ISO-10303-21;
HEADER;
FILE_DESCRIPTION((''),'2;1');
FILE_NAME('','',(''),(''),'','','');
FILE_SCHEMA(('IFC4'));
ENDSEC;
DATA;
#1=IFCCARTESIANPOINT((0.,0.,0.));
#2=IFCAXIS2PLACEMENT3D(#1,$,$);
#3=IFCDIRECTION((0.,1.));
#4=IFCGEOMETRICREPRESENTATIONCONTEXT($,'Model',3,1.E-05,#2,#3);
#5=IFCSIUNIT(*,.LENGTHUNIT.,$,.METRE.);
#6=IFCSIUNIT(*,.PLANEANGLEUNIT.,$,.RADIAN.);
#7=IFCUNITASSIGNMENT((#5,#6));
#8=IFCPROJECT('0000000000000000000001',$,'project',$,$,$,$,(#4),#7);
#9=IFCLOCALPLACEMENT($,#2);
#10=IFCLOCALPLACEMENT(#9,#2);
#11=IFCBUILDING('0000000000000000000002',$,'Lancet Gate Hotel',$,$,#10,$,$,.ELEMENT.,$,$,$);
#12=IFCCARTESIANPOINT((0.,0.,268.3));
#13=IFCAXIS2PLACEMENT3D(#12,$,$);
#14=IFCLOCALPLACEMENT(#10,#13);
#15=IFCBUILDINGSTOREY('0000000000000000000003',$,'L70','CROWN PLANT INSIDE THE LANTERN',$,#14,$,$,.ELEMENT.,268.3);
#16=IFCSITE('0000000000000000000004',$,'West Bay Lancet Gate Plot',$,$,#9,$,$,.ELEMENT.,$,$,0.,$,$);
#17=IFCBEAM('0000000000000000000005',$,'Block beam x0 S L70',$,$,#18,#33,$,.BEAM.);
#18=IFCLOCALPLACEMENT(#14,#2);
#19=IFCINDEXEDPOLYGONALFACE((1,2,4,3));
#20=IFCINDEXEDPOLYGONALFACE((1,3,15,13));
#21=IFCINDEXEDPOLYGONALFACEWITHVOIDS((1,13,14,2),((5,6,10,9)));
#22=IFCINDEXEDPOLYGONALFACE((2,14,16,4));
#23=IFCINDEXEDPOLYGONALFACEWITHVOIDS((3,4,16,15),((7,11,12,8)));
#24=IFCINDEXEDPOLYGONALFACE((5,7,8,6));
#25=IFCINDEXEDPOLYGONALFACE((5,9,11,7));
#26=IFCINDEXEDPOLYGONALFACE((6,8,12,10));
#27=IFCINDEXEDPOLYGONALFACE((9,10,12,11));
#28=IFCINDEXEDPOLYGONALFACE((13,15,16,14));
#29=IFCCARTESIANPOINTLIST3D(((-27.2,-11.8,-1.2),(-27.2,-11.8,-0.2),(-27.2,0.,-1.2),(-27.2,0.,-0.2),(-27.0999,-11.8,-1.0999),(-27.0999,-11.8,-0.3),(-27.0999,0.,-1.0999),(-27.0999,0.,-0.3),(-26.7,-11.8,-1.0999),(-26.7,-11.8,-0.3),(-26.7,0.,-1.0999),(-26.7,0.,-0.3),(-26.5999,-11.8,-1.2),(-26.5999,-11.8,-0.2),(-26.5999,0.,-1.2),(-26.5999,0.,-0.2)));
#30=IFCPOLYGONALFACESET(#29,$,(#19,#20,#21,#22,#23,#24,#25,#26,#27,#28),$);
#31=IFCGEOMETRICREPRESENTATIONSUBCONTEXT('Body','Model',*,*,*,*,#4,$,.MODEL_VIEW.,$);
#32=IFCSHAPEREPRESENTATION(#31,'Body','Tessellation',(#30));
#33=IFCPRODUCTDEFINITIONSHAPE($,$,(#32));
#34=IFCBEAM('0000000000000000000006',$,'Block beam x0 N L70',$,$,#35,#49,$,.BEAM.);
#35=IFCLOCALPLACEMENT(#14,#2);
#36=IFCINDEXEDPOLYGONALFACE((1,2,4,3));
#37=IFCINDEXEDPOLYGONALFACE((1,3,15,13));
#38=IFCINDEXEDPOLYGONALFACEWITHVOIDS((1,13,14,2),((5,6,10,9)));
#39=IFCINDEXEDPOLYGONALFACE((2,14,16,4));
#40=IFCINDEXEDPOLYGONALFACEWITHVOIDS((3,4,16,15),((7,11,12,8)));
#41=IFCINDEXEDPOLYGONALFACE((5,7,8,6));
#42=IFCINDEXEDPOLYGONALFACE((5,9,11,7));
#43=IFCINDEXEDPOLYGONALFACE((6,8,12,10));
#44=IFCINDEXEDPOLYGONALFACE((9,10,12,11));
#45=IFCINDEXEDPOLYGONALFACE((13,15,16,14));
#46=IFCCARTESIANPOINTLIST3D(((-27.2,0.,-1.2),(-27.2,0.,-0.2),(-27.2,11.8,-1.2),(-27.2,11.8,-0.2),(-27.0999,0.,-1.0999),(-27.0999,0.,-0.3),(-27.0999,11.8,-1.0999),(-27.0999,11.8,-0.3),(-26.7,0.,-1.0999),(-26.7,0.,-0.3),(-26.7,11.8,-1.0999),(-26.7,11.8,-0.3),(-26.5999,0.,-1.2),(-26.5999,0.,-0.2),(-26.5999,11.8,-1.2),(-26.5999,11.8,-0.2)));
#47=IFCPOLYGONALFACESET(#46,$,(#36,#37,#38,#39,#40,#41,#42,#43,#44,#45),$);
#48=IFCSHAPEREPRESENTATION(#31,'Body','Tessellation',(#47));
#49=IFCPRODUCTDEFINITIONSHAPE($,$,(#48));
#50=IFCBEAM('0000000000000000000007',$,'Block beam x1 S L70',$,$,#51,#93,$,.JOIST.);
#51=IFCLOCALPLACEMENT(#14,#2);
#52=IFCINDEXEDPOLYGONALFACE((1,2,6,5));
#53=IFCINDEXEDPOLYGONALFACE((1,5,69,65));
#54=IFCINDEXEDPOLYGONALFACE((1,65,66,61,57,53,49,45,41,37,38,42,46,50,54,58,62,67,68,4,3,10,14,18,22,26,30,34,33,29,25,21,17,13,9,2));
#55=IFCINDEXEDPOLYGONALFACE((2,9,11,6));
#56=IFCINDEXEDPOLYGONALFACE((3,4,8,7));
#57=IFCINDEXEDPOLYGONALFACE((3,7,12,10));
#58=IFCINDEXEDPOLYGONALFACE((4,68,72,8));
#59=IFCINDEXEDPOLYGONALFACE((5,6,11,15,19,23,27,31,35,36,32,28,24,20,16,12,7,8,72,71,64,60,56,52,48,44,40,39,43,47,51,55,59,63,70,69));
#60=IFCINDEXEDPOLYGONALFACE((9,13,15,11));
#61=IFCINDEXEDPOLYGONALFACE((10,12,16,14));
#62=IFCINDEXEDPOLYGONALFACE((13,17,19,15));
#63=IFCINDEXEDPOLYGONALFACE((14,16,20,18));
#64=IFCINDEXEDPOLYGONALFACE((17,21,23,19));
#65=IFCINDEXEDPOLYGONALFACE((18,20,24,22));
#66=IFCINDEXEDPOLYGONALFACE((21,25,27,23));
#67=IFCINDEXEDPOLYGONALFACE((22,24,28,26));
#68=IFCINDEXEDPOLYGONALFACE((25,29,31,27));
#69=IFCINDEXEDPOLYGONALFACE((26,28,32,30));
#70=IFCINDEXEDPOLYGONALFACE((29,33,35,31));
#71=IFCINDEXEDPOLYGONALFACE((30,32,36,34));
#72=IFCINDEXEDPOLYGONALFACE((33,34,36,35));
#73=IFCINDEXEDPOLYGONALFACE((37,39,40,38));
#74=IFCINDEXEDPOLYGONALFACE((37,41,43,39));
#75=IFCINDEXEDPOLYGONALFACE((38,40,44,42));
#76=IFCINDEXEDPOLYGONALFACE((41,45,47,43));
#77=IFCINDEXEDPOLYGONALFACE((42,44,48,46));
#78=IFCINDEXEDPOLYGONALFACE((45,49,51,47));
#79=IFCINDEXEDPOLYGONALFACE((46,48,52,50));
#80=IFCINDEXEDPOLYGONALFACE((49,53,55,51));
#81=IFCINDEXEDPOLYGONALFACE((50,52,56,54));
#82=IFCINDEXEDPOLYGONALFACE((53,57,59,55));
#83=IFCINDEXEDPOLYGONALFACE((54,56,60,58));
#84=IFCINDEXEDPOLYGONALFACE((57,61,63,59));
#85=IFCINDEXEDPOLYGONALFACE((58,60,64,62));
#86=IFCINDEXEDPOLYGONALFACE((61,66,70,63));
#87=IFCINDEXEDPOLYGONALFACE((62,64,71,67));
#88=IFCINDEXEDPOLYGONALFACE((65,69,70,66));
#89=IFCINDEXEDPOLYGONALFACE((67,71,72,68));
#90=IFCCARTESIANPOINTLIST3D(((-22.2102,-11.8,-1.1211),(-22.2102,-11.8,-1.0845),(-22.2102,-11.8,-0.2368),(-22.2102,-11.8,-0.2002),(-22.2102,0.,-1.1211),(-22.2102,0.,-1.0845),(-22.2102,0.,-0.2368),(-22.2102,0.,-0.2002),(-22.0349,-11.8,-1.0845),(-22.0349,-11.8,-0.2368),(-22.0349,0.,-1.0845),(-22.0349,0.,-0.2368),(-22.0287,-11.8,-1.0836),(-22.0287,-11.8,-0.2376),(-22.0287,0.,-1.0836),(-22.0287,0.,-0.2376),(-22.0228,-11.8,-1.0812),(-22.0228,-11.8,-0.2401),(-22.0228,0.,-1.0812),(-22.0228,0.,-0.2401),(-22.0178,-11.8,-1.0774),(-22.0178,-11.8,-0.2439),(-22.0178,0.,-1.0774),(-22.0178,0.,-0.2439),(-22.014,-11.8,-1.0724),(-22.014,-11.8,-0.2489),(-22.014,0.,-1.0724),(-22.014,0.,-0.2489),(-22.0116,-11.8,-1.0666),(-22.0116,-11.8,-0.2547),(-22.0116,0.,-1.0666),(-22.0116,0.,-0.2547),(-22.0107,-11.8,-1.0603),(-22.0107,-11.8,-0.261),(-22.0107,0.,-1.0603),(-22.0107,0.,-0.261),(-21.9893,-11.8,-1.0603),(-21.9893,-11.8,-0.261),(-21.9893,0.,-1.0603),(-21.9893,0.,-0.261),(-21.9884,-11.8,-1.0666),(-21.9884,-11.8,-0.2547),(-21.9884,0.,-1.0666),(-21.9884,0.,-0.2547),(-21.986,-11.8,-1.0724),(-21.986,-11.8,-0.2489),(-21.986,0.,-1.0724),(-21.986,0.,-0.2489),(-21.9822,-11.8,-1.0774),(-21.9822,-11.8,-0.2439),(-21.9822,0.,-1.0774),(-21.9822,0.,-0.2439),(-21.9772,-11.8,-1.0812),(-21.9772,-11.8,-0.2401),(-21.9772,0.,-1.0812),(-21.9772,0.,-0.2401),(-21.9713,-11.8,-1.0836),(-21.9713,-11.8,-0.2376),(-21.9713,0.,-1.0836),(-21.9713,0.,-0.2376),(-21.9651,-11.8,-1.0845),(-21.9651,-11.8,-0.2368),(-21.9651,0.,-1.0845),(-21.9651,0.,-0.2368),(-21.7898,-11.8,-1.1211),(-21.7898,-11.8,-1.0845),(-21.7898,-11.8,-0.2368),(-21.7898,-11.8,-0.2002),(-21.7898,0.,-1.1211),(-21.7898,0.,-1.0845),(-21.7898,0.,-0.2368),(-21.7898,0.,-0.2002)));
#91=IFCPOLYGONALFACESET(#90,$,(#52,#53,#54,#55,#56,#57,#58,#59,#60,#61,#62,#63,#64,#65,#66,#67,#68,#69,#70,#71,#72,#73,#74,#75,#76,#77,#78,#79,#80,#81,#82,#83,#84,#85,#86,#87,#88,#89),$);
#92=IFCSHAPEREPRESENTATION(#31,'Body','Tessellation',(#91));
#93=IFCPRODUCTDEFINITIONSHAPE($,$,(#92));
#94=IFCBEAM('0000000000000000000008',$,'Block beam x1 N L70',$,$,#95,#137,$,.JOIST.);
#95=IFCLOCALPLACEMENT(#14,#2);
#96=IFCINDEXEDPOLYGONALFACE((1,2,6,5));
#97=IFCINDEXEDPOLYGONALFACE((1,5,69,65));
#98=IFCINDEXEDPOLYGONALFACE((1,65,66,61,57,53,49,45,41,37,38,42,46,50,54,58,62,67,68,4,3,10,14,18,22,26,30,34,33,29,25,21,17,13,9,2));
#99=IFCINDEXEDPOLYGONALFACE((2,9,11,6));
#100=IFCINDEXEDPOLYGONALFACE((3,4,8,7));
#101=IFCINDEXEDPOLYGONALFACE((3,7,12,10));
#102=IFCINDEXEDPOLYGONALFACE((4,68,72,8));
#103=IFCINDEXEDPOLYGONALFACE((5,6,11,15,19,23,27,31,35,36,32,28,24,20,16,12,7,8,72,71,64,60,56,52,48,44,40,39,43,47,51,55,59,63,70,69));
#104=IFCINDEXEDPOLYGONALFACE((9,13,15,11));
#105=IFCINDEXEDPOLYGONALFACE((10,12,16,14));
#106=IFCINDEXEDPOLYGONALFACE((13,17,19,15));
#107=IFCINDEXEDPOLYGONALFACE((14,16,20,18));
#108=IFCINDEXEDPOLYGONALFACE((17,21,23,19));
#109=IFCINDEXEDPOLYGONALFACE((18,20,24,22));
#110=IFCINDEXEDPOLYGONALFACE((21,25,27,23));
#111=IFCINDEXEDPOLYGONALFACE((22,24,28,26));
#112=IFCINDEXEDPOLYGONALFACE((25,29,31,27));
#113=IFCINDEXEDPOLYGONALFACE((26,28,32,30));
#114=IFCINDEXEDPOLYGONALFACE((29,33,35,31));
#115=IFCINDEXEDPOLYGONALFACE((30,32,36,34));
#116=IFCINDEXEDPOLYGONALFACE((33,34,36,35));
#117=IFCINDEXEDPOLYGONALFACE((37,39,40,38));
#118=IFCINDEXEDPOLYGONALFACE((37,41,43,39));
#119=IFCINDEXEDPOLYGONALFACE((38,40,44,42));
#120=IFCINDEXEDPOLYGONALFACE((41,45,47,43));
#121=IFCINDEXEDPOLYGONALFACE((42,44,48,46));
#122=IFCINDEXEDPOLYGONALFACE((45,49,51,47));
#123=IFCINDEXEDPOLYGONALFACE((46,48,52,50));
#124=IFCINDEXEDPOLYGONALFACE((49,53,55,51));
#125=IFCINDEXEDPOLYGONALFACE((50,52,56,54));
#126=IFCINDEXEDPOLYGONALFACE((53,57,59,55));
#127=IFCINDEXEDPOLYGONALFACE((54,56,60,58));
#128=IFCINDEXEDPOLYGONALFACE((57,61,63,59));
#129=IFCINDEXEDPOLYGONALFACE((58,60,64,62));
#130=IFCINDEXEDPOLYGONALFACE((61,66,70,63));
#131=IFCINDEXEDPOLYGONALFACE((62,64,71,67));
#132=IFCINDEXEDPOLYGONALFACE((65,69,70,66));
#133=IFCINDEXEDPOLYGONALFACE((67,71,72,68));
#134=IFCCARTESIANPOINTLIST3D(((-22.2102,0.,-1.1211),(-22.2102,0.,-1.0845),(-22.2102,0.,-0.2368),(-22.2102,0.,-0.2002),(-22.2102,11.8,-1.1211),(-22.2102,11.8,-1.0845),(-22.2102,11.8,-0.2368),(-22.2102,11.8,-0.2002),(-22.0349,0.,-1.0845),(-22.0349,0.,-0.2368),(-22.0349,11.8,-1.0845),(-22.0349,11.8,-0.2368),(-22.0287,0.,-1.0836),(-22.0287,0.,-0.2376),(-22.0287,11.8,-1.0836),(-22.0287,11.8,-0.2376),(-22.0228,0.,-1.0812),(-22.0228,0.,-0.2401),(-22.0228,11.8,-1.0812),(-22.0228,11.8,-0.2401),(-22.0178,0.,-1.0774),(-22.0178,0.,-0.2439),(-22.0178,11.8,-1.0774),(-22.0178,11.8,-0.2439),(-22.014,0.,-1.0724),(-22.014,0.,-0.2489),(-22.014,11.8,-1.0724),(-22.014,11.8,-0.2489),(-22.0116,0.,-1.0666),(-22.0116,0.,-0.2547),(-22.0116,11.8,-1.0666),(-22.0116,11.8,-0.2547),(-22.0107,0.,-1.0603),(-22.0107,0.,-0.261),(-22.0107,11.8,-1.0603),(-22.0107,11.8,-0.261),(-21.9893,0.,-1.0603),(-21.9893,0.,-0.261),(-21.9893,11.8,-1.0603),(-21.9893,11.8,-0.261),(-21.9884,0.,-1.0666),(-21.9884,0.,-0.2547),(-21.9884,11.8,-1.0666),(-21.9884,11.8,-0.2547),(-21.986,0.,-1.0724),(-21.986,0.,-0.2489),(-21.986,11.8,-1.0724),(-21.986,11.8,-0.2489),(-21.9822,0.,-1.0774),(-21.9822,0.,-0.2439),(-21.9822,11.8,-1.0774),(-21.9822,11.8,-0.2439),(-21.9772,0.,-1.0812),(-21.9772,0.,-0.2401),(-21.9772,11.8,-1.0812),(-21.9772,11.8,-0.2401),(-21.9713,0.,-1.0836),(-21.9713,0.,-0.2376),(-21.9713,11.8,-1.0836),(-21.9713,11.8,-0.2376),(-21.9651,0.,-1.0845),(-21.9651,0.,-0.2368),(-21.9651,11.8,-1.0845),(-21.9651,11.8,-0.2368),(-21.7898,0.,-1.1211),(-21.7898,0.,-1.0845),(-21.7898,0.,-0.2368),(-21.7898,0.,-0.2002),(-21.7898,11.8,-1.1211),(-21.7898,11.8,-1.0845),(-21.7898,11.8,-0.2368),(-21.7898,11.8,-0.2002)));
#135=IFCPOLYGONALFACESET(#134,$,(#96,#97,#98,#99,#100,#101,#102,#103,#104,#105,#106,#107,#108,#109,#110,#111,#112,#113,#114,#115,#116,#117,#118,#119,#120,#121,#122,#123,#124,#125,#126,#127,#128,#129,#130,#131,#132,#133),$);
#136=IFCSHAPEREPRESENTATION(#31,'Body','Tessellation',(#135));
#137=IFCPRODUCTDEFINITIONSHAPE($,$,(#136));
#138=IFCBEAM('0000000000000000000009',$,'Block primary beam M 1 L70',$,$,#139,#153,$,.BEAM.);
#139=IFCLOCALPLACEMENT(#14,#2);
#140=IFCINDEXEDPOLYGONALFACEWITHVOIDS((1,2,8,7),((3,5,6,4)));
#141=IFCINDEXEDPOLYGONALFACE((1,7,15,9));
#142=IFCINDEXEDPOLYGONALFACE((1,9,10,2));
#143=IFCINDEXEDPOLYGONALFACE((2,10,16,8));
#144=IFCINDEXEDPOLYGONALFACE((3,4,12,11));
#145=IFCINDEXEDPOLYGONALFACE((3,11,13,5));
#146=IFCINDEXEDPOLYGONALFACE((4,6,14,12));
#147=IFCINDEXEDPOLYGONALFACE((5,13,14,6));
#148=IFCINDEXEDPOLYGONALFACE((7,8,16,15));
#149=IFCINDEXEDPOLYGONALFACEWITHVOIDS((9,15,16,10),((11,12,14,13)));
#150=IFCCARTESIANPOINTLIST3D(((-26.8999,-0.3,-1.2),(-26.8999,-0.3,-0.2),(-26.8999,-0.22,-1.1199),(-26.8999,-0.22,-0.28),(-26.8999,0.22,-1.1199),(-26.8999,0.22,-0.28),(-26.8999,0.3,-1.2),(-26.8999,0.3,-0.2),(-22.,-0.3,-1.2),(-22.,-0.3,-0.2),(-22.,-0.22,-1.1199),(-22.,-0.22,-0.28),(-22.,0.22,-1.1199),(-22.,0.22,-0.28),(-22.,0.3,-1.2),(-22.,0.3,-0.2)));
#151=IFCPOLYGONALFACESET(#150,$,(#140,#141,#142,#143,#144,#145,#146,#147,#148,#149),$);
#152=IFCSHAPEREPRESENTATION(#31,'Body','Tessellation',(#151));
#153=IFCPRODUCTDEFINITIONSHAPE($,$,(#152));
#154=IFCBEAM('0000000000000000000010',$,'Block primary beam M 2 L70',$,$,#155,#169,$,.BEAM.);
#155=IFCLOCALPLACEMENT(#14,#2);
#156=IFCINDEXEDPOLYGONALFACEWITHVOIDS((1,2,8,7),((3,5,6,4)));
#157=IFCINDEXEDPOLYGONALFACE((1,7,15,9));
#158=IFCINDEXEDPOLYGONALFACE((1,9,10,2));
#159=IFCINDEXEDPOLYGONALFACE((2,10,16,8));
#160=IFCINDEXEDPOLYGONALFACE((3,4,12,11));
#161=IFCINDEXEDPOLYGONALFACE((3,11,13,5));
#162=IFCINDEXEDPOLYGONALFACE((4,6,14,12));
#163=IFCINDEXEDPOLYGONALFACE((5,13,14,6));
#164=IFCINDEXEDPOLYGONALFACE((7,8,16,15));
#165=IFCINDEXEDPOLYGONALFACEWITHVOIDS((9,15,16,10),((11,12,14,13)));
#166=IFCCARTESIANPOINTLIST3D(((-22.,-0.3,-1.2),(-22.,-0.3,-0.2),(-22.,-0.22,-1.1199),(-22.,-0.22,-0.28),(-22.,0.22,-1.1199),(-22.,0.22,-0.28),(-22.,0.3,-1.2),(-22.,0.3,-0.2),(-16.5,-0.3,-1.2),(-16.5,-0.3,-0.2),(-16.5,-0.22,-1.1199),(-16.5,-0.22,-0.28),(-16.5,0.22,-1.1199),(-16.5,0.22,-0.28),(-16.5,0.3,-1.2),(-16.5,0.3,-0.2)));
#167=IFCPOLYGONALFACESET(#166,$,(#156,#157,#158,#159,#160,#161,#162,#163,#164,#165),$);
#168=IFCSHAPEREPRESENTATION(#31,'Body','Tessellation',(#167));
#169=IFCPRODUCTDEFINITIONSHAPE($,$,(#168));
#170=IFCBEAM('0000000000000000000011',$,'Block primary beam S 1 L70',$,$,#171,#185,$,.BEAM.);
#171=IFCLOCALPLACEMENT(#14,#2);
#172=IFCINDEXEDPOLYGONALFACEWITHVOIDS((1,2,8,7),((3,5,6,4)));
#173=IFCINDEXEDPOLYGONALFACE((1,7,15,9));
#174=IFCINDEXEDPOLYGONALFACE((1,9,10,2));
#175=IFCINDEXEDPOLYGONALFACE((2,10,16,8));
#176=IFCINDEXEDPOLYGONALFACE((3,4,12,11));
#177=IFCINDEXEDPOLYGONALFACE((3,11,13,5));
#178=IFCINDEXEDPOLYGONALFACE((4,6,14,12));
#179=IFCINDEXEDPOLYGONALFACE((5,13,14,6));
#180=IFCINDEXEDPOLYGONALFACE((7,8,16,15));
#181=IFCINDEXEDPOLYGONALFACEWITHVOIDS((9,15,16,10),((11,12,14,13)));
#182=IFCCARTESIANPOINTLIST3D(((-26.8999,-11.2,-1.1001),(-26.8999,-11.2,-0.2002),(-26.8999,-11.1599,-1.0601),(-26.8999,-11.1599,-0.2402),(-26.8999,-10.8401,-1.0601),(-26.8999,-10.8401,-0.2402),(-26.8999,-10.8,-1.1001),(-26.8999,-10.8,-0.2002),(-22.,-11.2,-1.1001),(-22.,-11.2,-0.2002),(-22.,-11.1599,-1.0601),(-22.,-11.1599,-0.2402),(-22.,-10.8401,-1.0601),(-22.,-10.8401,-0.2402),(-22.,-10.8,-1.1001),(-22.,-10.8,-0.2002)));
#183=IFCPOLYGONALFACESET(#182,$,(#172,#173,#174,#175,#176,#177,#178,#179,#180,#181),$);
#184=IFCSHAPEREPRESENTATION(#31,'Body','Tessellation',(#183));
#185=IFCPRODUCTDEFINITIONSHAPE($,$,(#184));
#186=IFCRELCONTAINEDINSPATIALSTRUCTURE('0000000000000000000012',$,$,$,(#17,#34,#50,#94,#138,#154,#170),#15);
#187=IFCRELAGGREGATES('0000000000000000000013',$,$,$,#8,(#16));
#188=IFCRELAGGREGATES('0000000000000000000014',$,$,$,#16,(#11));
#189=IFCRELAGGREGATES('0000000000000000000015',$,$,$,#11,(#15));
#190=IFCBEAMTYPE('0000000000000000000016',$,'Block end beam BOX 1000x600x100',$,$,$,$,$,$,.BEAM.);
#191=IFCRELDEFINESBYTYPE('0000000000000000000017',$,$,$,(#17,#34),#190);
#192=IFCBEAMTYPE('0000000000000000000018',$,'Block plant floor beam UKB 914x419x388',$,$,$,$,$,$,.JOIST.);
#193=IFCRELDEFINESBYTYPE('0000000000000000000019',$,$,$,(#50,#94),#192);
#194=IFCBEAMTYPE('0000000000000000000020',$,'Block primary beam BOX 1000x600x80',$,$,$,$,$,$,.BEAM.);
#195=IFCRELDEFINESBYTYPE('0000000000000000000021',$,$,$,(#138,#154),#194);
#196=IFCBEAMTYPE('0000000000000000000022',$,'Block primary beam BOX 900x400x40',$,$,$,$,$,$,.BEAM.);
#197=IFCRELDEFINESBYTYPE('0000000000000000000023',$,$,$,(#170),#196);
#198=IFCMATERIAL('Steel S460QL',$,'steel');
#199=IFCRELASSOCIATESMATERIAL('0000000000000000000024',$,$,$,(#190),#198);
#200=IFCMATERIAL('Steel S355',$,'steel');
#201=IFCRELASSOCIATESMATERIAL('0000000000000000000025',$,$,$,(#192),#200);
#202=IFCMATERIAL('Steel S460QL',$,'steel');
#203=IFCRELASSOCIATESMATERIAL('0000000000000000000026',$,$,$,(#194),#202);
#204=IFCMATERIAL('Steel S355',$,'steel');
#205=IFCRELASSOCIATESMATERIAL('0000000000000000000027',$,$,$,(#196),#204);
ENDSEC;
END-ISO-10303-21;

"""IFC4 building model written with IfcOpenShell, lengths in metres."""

from ifc_helpers import new_model, si_unit, direction, frame, origin, origin_2d, place, context, subcontext, project, spatial, hollow_rectangle, i_section, extrude, material, material_profile, profile_set, type_object, element, save


model = new_model("IFC4")

# Units and contexts
model_context = context("Model", 3, precision=1e-05, world=origin(), true_north=direction((0.0, 1.0)))
body_context = subcontext(model_context, "Body", "Model", "MODEL_VIEW")
ifc_project = project(units=[si_unit("LENGTHUNIT", "METRE"), si_unit("PLANEANGLEUNIT", "RADIAN")], contexts=[model_context])

# Site, building, storey
site_placement = place(None, origin())
site = spatial("IfcSite", under=ifc_project, at=site_placement, Name="West Bay Lancet Gate Plot", CompositionType="ELEMENT", RefElevation=0.0)
building_placement = place(site_placement, origin())
building = spatial("IfcBuilding", under=site, at=building_placement, Name="Lancet Gate Hotel", CompositionType="ELEMENT")
storey_placement = place(building_placement, frame((0.0, 0.0, 268.3)))
storey = spatial("IfcBuildingStorey", under=building, at=storey_placement, Name="L70", Description="CROWN PLANT INSIDE THE LANTERN", CompositionType="ELEMENT", Elevation=268.3)

# Beams
ifc_material_1 = material(Name="Steel S460QL", Category="steel")
ifc_material_profile_1 = material_profile(ifc_material_1, hollow_rectangle(XDim=0.6001, YDim=1.0, WallThickness=0.1001, at=origin_2d()), Name="BOX 1000x600x100")
ifc_profile_set_1 = profile_set([ifc_material_profile_1], Name="Steel S460QL")
beam_type_1 = type_object("IfcBeamType", Name="Block end beam BOX 1000x600x100", PredefinedType="BEAM", material=ifc_profile_set_1)
for number, where, z_axis, x_axis, name in (
    (1, (-26.8999, -11.8, -0.7), (0.0, 1.0, 0.0), (-1.0, 0.0, 0.0), "Block beam x0 S L70"),
    (2, (-26.8999, 0.0, -0.7), (0.0, 1.0, 0.0), (-1.0, 0.0, 0.0), "Block beam x0 N L70"),
):
    element("IfcBeam", number, at=place(storey_placement, frame(where, z_axis=z_axis, x_axis=x_axis)), inside=storey, type_object=beam_type_1, Name=name, PredefinedType="BEAM", context=body_context, shape_type="SweptSolid", body=[
        extrude(hollow_rectangle(XDim=0.6001, YDim=1.0, WallThickness=0.1001, at=origin_2d()), origin(), (0.0, 0.0, 1.0), 11.8),
    ])
ifc_material_2 = material(Name="Steel S355", Category="steel")
ifc_material_profile_2 = material_profile(ifc_material_2, i_section(OverallWidth=0.4204, OverallDepth=0.9209, WebThickness=0.0215, FlangeThickness=0.0366, FilletRadius=0.0242, at=origin_2d()), Name="UKB 914x419x388")
ifc_profile_set_2 = profile_set([ifc_material_profile_2], Name="Steel S355")
beam_type_2 = type_object("IfcBeamType", Name="Block plant floor beam UKB 914x419x388", PredefinedType="JOIST", material=ifc_profile_set_2)
for number, where, z_axis, x_axis, name in (
    (3, (-22.0, -11.8, -0.6606), (0.0, 1.0, 0.0), (-1.0, 0.0, 0.0), "Block beam x1 S L70"),
    (4, (-22.0, 0.0, -0.6606), (0.0, 1.0, 0.0), (-1.0, 0.0, 0.0), "Block beam x1 N L70"),
):
    element("IfcBeam", number, at=place(storey_placement, frame(where, z_axis=z_axis, x_axis=x_axis)), inside=storey, type_object=beam_type_2, Name=name, PredefinedType="JOIST", context=body_context, shape_type="SweptSolid", body=[
        extrude(i_section(OverallWidth=0.4204, OverallDepth=0.9209, WebThickness=0.0215, FlangeThickness=0.0366, FilletRadius=0.0242, at=origin_2d()), origin(), (0.0, 0.0, 1.0), 11.8),
    ])
ifc_material_3 = material(Name="Steel S460QL", Category="steel")
ifc_material_profile_3 = material_profile(ifc_material_3, hollow_rectangle(XDim=0.6001, YDim=1.0, WallThickness=0.0801, at=origin_2d()), Name="BOX 1000x600x80")
ifc_profile_set_3 = profile_set([ifc_material_profile_3], Name="Steel S460QL")
beam_type_3 = type_object("IfcBeamType", Name="Block primary beam BOX 1000x600x80", PredefinedType="BEAM", material=ifc_profile_set_3)
beam_1_placement = place(storey_placement, frame((-26.8999, 0.0, -0.7), z_axis=(1.0, 0.0, 0.0), x_axis=(0.0, 1.0, 0.0)))
element("IfcBeam", 5, at=beam_1_placement, inside=storey, type_object=beam_type_3, Name="Block primary beam M 1 L70", PredefinedType="BEAM", context=body_context, shape_type="SweptSolid", body=[
    extrude(hollow_rectangle(XDim=0.6001, YDim=1.0, WallThickness=0.0801, at=origin_2d()), origin(), (0.0, 0.0, 1.0), 4.8999),
])
beam_2_placement = place(storey_placement, frame((-22.0, 0.0, -0.7), z_axis=(1.0, 0.0, 0.0), x_axis=(0.0, 1.0, 0.0)))
element("IfcBeam", 6, at=beam_2_placement, inside=storey, type_object=beam_type_3, Name="Block primary beam M 2 L70", PredefinedType="BEAM", context=body_context, shape_type="SweptSolid", body=[
    extrude(hollow_rectangle(XDim=0.6001, YDim=1.0, WallThickness=0.0801, at=origin_2d()), origin(), (0.0, 0.0, 1.0), 5.5),
])
ifc_material_4 = material(Name="Steel S355", Category="steel")
ifc_material_profile_4 = material_profile(ifc_material_4, hollow_rectangle(XDim=0.3999, YDim=0.8999, WallThickness=0.04, at=origin_2d()), Name="BOX 900x400x40")
ifc_profile_set_4 = profile_set([ifc_material_profile_4], Name="Steel S355")
beam_type_4 = type_object("IfcBeamType", Name="Block primary beam BOX 900x400x40", PredefinedType="BEAM", material=ifc_profile_set_4)
beam_3_placement = place(storey_placement, frame((-26.8999, -11.0, -0.6501), z_axis=(1.0, 0.0, 0.0), x_axis=(0.0, 1.0, 0.0)))
element("IfcBeam", 7, at=beam_3_placement, inside=storey, type_object=beam_type_4, Name="Block primary beam S 1 L70", PredefinedType="BEAM", context=body_context, shape_type="SweptSolid", body=[
    extrude(hollow_rectangle(XDim=0.3999, YDim=0.8999, WallThickness=0.04, at=origin_2d()), origin(), (0.0, 0.0, 1.0), 4.8999),
])

save(model, "model.ifc")
